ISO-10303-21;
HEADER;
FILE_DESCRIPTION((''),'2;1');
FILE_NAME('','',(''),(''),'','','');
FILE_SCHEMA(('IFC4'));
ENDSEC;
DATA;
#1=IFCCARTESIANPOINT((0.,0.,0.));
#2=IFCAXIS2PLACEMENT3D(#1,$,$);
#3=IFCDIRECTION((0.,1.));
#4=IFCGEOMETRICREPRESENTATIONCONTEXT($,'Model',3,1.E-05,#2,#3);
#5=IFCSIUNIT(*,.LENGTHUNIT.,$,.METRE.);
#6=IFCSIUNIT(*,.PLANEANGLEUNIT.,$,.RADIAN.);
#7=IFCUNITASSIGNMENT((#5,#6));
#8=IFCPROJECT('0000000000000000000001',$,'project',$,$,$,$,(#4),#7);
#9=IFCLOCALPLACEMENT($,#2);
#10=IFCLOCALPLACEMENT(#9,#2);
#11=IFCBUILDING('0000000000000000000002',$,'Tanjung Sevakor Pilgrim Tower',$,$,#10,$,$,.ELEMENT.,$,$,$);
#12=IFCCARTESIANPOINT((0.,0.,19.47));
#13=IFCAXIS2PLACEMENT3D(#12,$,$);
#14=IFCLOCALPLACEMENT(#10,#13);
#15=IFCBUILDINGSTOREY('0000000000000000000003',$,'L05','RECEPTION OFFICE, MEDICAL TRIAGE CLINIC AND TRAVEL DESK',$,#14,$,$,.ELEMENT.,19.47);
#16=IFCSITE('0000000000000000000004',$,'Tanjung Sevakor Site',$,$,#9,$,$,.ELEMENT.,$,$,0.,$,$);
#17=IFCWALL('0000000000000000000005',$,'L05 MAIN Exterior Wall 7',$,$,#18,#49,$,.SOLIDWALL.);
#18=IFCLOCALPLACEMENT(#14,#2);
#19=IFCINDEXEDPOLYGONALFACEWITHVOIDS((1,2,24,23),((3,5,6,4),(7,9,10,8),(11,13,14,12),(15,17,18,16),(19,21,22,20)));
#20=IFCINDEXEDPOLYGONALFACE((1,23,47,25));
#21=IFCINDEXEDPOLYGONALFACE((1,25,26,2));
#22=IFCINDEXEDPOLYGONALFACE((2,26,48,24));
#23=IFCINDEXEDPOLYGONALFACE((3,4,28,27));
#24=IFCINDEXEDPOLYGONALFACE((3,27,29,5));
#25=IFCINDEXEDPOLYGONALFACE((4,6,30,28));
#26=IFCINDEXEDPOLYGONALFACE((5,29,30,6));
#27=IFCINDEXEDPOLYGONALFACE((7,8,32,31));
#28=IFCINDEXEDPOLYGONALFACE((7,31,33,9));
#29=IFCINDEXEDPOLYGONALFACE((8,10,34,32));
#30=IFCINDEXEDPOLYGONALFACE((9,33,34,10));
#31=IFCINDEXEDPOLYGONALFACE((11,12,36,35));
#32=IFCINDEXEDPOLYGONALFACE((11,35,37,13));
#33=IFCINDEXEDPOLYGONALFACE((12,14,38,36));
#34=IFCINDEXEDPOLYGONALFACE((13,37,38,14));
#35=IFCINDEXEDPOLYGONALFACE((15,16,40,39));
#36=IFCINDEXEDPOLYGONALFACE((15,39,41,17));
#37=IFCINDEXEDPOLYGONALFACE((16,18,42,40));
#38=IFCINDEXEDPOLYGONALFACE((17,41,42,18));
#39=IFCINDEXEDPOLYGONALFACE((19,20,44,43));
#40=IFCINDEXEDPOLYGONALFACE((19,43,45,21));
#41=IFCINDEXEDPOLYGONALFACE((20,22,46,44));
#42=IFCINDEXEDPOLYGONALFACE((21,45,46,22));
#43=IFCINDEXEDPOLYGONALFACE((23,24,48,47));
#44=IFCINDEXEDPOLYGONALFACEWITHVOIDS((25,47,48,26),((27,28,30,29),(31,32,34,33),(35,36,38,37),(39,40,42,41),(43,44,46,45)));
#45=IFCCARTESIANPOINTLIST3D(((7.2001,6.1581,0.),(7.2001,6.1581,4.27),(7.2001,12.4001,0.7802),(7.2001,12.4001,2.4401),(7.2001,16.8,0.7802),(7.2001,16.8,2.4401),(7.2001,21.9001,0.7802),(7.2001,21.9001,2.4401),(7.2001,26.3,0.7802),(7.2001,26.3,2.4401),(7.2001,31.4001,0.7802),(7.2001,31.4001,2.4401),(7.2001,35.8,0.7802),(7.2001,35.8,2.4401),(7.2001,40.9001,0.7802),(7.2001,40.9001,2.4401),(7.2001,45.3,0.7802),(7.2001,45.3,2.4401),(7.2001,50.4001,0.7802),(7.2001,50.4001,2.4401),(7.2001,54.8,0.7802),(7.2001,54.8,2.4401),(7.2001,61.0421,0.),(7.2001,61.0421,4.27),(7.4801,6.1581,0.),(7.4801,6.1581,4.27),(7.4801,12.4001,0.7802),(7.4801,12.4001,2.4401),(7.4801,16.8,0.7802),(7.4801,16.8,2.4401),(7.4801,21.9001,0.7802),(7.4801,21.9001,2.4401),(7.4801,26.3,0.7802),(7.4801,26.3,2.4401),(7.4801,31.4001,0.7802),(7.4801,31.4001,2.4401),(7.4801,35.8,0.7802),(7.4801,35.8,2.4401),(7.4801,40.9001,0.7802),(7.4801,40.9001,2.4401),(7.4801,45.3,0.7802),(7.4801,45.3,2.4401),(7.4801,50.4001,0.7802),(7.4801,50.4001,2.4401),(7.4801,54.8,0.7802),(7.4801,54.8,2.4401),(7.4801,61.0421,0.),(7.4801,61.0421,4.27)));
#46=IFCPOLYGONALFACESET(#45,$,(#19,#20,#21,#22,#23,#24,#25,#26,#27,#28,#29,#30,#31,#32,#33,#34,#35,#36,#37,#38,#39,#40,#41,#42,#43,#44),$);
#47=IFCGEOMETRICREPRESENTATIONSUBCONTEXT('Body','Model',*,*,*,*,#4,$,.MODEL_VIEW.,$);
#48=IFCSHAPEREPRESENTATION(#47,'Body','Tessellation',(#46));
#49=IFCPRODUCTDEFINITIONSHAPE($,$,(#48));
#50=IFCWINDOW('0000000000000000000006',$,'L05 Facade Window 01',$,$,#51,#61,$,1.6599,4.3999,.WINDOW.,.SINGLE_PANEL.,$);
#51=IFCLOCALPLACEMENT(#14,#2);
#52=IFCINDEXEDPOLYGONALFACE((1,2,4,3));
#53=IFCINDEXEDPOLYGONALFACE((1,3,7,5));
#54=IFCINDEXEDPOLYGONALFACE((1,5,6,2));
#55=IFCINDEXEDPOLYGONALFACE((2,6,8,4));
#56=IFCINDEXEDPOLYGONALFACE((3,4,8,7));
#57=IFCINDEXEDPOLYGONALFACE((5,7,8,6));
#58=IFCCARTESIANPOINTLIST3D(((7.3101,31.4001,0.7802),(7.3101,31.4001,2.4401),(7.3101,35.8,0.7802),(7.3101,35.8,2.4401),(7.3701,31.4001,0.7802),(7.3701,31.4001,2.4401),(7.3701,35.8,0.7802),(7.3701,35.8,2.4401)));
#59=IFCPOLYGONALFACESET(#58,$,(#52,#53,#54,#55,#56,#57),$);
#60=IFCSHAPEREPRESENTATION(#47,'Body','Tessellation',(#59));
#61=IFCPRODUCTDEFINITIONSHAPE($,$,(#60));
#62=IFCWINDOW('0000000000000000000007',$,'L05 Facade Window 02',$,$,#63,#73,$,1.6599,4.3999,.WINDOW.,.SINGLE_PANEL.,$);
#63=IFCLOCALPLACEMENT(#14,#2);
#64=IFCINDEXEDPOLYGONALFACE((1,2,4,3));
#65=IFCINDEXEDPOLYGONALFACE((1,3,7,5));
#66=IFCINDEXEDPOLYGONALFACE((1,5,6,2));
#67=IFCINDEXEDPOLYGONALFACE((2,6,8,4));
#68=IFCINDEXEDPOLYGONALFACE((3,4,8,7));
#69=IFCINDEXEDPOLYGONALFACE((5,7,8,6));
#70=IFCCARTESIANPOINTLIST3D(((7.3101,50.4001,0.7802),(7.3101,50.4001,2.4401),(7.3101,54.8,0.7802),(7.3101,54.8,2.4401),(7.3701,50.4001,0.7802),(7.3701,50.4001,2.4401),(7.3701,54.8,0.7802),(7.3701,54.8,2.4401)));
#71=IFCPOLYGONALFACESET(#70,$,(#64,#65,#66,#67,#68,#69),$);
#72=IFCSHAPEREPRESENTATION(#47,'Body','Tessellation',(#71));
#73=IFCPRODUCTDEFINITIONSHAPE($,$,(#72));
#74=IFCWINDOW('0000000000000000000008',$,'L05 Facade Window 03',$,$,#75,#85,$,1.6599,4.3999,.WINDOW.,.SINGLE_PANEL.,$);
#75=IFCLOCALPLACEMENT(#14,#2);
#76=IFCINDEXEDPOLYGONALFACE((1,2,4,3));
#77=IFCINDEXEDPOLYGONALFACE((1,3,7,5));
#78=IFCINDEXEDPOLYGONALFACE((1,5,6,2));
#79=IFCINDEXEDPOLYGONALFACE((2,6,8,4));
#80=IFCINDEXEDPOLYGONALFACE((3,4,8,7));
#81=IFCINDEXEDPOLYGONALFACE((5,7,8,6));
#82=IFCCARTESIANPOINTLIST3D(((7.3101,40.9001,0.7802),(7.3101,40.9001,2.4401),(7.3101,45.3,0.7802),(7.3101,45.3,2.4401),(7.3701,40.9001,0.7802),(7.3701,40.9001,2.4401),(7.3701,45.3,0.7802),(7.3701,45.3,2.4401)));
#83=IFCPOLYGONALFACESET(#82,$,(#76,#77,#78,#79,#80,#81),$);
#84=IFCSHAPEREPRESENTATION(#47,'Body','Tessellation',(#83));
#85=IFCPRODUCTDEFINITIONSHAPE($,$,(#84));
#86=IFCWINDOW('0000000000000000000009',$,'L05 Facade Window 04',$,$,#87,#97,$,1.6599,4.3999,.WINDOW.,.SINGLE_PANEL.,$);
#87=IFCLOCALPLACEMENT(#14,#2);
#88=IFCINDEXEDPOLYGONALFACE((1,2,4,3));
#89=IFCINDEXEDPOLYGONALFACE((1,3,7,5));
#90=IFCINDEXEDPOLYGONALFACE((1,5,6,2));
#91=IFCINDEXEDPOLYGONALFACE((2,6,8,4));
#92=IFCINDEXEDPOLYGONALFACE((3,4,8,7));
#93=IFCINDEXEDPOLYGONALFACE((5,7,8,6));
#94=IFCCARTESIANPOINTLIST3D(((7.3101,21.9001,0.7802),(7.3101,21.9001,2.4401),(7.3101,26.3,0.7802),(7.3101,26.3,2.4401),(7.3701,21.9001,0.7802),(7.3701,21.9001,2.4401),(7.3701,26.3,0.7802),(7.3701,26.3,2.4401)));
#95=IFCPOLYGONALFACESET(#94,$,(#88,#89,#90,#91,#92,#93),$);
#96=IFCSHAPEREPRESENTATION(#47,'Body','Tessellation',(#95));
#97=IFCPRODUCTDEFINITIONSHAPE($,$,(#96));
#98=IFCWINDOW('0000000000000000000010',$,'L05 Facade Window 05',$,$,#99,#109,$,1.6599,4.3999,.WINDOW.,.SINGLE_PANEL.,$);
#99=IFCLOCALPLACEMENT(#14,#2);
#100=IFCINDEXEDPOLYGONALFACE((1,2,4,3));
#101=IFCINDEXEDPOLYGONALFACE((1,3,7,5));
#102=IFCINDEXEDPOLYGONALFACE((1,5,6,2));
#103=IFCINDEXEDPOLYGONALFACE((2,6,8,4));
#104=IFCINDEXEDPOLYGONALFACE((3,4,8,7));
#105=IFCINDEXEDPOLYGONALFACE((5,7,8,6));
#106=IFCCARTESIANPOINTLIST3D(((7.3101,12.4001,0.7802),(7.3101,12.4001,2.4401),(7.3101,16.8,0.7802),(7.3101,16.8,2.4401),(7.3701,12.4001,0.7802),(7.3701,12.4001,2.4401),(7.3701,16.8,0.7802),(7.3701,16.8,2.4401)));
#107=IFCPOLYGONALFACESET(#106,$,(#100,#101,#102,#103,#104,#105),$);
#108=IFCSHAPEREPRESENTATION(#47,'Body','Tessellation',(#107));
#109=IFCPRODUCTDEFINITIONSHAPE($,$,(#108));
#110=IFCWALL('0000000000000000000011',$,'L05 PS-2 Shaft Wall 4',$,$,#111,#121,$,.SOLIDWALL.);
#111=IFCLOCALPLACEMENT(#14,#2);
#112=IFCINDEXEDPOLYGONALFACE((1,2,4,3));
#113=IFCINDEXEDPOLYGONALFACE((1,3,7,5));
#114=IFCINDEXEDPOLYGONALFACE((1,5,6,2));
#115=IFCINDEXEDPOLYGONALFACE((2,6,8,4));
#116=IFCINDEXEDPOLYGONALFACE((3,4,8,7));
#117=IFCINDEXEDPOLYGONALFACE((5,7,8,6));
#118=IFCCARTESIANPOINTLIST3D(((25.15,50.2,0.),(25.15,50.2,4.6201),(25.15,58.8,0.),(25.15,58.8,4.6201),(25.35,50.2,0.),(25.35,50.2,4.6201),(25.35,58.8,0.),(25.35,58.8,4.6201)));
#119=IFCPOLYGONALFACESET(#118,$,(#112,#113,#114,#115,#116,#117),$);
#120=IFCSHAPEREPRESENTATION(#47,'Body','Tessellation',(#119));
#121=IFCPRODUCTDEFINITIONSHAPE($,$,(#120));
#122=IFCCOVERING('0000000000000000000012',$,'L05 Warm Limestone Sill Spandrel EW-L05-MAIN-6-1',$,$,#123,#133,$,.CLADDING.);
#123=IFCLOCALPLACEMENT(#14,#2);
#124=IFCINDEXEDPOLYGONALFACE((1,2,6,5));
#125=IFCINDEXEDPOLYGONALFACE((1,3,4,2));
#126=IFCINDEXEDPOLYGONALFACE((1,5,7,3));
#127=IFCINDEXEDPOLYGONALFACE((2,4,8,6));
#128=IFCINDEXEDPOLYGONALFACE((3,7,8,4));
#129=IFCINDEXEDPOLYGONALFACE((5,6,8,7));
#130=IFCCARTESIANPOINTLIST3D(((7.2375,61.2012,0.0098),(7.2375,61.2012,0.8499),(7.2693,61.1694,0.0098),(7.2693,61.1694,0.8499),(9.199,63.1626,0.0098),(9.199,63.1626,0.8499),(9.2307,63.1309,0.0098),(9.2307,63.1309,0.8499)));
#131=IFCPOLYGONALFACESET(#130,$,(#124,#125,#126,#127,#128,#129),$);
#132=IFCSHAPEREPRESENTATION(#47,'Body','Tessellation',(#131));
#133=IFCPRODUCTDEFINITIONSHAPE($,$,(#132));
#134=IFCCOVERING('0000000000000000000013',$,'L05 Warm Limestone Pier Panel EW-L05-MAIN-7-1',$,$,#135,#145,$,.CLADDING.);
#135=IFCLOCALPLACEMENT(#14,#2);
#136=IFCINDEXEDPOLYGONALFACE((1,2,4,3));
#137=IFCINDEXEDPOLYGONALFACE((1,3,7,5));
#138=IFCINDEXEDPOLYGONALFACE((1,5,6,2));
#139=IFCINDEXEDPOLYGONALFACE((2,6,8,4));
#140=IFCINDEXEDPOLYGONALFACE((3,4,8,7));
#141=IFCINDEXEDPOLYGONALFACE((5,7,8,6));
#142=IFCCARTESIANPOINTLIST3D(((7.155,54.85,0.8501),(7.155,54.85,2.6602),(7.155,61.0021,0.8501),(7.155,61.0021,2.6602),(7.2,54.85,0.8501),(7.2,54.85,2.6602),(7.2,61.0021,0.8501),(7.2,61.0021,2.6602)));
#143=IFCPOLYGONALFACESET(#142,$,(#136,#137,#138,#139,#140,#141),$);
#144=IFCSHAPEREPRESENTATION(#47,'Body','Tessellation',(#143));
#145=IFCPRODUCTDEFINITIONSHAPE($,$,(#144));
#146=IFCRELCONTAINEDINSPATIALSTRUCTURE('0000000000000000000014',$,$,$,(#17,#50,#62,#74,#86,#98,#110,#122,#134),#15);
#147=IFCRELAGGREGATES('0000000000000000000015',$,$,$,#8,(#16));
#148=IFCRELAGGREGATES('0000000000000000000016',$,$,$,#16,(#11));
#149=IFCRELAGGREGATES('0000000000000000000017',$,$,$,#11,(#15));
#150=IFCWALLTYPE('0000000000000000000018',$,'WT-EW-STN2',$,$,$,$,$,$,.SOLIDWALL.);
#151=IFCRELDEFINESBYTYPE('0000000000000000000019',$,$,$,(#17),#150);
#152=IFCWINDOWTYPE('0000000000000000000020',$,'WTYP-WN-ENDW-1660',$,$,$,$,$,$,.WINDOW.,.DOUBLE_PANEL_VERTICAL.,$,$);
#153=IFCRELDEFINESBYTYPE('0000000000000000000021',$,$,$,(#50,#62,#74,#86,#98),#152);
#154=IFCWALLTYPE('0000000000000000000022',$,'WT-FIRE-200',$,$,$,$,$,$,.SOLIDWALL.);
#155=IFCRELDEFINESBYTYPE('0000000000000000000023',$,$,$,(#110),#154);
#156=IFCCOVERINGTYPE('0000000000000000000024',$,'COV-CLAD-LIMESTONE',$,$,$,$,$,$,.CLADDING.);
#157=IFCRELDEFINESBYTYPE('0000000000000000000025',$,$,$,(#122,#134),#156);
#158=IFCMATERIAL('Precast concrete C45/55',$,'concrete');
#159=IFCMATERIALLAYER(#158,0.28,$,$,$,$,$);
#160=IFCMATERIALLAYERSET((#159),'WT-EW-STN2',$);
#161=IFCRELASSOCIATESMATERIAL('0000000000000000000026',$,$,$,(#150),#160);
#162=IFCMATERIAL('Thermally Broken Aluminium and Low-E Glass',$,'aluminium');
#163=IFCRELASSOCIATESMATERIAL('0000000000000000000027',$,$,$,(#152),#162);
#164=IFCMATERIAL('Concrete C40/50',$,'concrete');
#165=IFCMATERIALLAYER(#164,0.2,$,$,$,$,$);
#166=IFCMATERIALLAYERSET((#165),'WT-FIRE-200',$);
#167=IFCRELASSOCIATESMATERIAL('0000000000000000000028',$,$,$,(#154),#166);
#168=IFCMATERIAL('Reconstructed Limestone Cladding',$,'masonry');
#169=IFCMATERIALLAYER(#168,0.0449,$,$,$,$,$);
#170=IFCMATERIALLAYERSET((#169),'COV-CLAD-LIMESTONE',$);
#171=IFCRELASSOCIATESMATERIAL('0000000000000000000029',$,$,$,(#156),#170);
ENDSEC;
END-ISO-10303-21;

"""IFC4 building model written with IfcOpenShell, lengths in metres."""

from ifc_helpers import new_model, si_unit, direction, frame, frame_2d, origin, origin_2d, place, context, subcontext, project, spatial, rectangle, extrude, material, layer, layer_set, type_object, element, fill, save


model = new_model("IFC4")

# Units and contexts
model_context = context("Model", 3, precision=1e-05, world=origin(), true_north=direction((0.0, 1.0)))
body_context = subcontext(model_context, "Body", "Model", "MODEL_VIEW")
ifc_project = project(units=[si_unit("LENGTHUNIT", "METRE"), si_unit("PLANEANGLEUNIT", "RADIAN")], contexts=[model_context])

# Site, building, storey
site_placement = place(None, origin())
site = spatial("IfcSite", under=ifc_project, at=site_placement, Name="Tanjung Sevakor Site", CompositionType="ELEMENT", RefElevation=0.0)
building_placement = place(site_placement, origin())
building = spatial("IfcBuilding", under=site, at=building_placement, Name="Tanjung Sevakor Pilgrim Tower", CompositionType="ELEMENT")
storey_placement = place(building_placement, frame((0.0, 0.0, 19.47)))
storey = spatial("IfcBuildingStorey", under=building, at=storey_placement, Name="L05", Description="RECEPTION OFFICE, MEDICAL TRIAGE CLINIC AND TRAVEL DESK", CompositionType="ELEMENT", Elevation=19.47)

# Shared definitions
ifc_material_1 = material(Name="Precast concrete C45/55", Category="concrete")
ifc_layer_1 = layer(ifc_material_1, 0.28)
ifc_layer_set_1 = layer_set([ifc_layer_1], Name="WT-EW-STN2")
wall_type_1 = type_object("IfcWallType", Name="WT-EW-STN2", PredefinedType="SOLIDWALL", material=ifc_layer_set_1)

# Wall, openings, windows
wall_1_placement = place(storey_placement, frame((7.3401, 61.042, 0.0), z_axis=(0.0, 0.0, 1.0), x_axis=(0.0, -1.0, 0.0)))
wall_1 = element("IfcWall", 1, at=wall_1_placement, inside=storey, type_object=wall_type_1, Name="L05 MAIN Exterior Wall 7", PredefinedType="SOLIDWALL", context=body_context, shape_type="SweptSolid", body=[
    extrude(rectangle(XDim=54.884, YDim=0.28, at=frame_2d((27.4419, 0.0))), origin(), (0.0, 0.0, 1.0), 4.27),
])
opening_1_placement = place(wall_1_placement, frame((25.2419, 0.0, 0.78)))
opening_1 = element("IfcOpeningElement", 2, at=opening_1_placement, cuts=wall_1, PredefinedType="OPENING", context=body_context, shape_type="SweptSolid", body=[
    extrude(rectangle(XDim=4.3999, YDim=1.6599, at=frame_2d((2.2, 0.8301))), frame((0.0, 0.1499, 0.0), z_axis=(0.0, -1.0, 0.0), x_axis=(1.0, 0.0, 0.0)), (0.0, 0.0, 1.0), 0.3),
])
opening_2_placement = place(wall_1_placement, frame((6.2419, 0.0, 0.78)))
opening_2 = element("IfcOpeningElement", 3, at=opening_2_placement, cuts=wall_1, PredefinedType="OPENING", context=body_context, shape_type="SweptSolid", body=[
    extrude(rectangle(XDim=4.3999, YDim=1.6599, at=frame_2d((2.2, 0.8301))), frame((0.0, 0.1499, 0.0), z_axis=(0.0, -1.0, 0.0), x_axis=(1.0, 0.0, 0.0)), (0.0, 0.0, 1.0), 0.3),
])
opening_3_placement = place(wall_1_placement, frame((15.7419, 0.0, 0.78)))
opening_3 = element("IfcOpeningElement", 4, at=opening_3_placement, cuts=wall_1, PredefinedType="OPENING", context=body_context, shape_type="SweptSolid", body=[
    extrude(rectangle(XDim=4.3999, YDim=1.6599, at=frame_2d((2.2, 0.8301))), frame((0.0, 0.1499, 0.0), z_axis=(0.0, -1.0, 0.0), x_axis=(1.0, 0.0, 0.0)), (0.0, 0.0, 1.0), 0.3),
])
opening_4_placement = place(wall_1_placement, frame((34.7419, 0.0, 0.78)))
opening_4 = element("IfcOpeningElement", 5, at=opening_4_placement, cuts=wall_1, PredefinedType="OPENING", context=body_context, shape_type="SweptSolid", body=[
    extrude(rectangle(XDim=4.3999, YDim=1.6599, at=frame_2d((2.2, 0.8301))), frame((0.0, 0.1499, 0.0), z_axis=(0.0, -1.0, 0.0), x_axis=(1.0, 0.0, 0.0)), (0.0, 0.0, 1.0), 0.3),
])
opening_5_placement = place(wall_1_placement, frame((44.2419, 0.0, 0.78)))
opening_5 = element("IfcOpeningElement", 6, at=opening_5_placement, cuts=wall_1, PredefinedType="OPENING", context=body_context, shape_type="SweptSolid", body=[
    extrude(rectangle(XDim=4.3999, YDim=1.6599, at=frame_2d((2.2, 0.8301))), frame((0.0, 0.1499, 0.0), z_axis=(0.0, -1.0, 0.0), x_axis=(1.0, 0.0, 0.0)), (0.0, 0.0, 1.0), 0.3),
])
ifc_material_2 = material(Name="Thermally Broken Aluminium and Low-E Glass", Category="aluminium")
window_type_1 = type_object("IfcWindowType", Name="WTYP-WN-ENDW-1660", PartitioningType="DOUBLE_PANEL_VERTICAL", PredefinedType="WINDOW", material=ifc_material_2)
window_1_placement = place(opening_1_placement, origin())
window_1 = element("IfcWindow", 7, at=window_1_placement, inside=storey, type_object=window_type_1, Name="L05 Facade Window 01", OverallHeight=1.6599, OverallWidth=4.3999, PartitioningType="SINGLE_PANEL", PredefinedType="WINDOW", context=body_context, shape_type="SweptSolid", body=[
    extrude(rectangle(XDim=4.3999, YDim=1.6599, at=frame_2d((2.2, 0.8301))), frame((0.0, 0.03, 0.0), z_axis=(0.0, -1.0, 0.0), x_axis=(1.0, 0.0, 0.0)), (0.0, 0.0, 1.0), 0.0601),
])
fill(opening_1, window_1)
window_2_placement = place(opening_2_placement, origin())
window_2 = element("IfcWindow", 8, at=window_2_placement, inside=storey, type_object=window_type_1, Name="L05 Facade Window 02", OverallHeight=1.6599, OverallWidth=4.3999, PartitioningType="SINGLE_PANEL", PredefinedType="WINDOW", context=body_context, shape_type="SweptSolid", body=[
    extrude(rectangle(XDim=4.3999, YDim=1.6599, at=frame_2d((2.2, 0.8301))), frame((0.0, 0.03, 0.0), z_axis=(0.0, -1.0, 0.0), x_axis=(1.0, 0.0, 0.0)), (0.0, 0.0, 1.0), 0.0601),
])
fill(opening_2, window_2)
window_3_placement = place(opening_3_placement, origin())
window_3 = element("IfcWindow", 9, at=window_3_placement, inside=storey, type_object=window_type_1, Name="L05 Facade Window 03", OverallHeight=1.6599, OverallWidth=4.3999, PartitioningType="SINGLE_PANEL", PredefinedType="WINDOW", context=body_context, shape_type="SweptSolid", body=[
    extrude(rectangle(XDim=4.3999, YDim=1.6599, at=frame_2d((2.2, 0.8301))), frame((0.0, 0.03, 0.0), z_axis=(0.0, -1.0, 0.0), x_axis=(1.0, 0.0, 0.0)), (0.0, 0.0, 1.0), 0.0601),
])
fill(opening_3, window_3)
window_4_placement = place(opening_4_placement, origin())
window_4 = element("IfcWindow", 10, at=window_4_placement, inside=storey, type_object=window_type_1, Name="L05 Facade Window 04", OverallHeight=1.6599, OverallWidth=4.3999, PartitioningType="SINGLE_PANEL", PredefinedType="WINDOW", context=body_context, shape_type="SweptSolid", body=[
    extrude(rectangle(XDim=4.3999, YDim=1.6599, at=frame_2d((2.2, 0.8301))), frame((0.0, 0.03, 0.0), z_axis=(0.0, -1.0, 0.0), x_axis=(1.0, 0.0, 0.0)), (0.0, 0.0, 1.0), 0.0601),
])
fill(opening_4, window_4)
window_5_placement = place(opening_5_placement, origin())
window_5 = element("IfcWindow", 11, at=window_5_placement, inside=storey, type_object=window_type_1, Name="L05 Facade Window 05", OverallHeight=1.6599, OverallWidth=4.3999, PartitioningType="SINGLE_PANEL", PredefinedType="WINDOW", context=body_context, shape_type="SweptSolid", body=[
    extrude(rectangle(XDim=4.3999, YDim=1.6599, at=frame_2d((2.2, 0.8301))), frame((0.0, 0.03, 0.0), z_axis=(0.0, -1.0, 0.0), x_axis=(1.0, 0.0, 0.0)), (0.0, 0.0, 1.0), 0.0601),
])
fill(opening_5, window_5)

# Shared definitions
ifc_material_3 = material(Name="Concrete C40/50", Category="concrete")
ifc_layer_2 = layer(ifc_material_3, 0.2)
ifc_layer_set_2 = layer_set([ifc_layer_2], Name="WT-FIRE-200")
wall_type_2 = type_object("IfcWallType", Name="WT-FIRE-200", PredefinedType="SOLIDWALL", material=ifc_layer_set_2)

# Wall
wall_2_placement = place(storey_placement, frame((25.25, 58.8, 0.0), z_axis=(0.0, 0.0, 1.0), x_axis=(0.0, -1.0, 0.0)))
element("IfcWall", 12, at=wall_2_placement, inside=storey, type_object=wall_type_2, Name="L05 PS-2 Shaft Wall 4", PredefinedType="SOLIDWALL", context=body_context, shape_type="SweptSolid", body=[
    extrude(rectangle(XDim=8.6001, YDim=0.2, at=frame_2d((4.3, 0.0))), origin(), (0.0, 0.0, 1.0), 4.6201),
])

# Coverings
ifc_material_4 = material(Name="Reconstructed Limestone Cladding", Category="masonry")
ifc_layer_3 = layer(ifc_material_4, 0.0449)
ifc_layer_set_3 = layer_set([ifc_layer_3], Name="COV-CLAD-LIMESTONE")
covering_type = type_object("IfcCoveringType", Name="COV-CLAD-LIMESTONE", PredefinedType="CLADDING", material=ifc_layer_set_3)
covering_1_placement = place(storey_placement, frame((8.2341, 62.166, 0.0098), z_axis=(0.0, 0.0, 1.0), x_axis=(-0.707107, -0.707107, 0.0)))
element("IfcCovering", 13, at=covering_1_placement, inside=storey, type_object=covering_type, Name="L05 Warm Limestone Sill Spandrel EW-L05-MAIN-6-1", PredefinedType="CLADDING", context=body_context, shape_type="SweptSolid", body=[
    extrude(rectangle(XDim=2.7739, YDim=0.0449, at=origin_2d()), origin(), (0.0, 0.0, 1.0), 0.8401),
])
covering_2_placement = place(storey_placement, frame((7.1775, 57.926, 0.8501), z_axis=(0.0, 0.0, 1.0), x_axis=(0.0, -1.0, 0.0)))
element("IfcCovering", 14, at=covering_2_placement, inside=storey, type_object=covering_type, Name="L05 Warm Limestone Pier Panel EW-L05-MAIN-7-1", PredefinedType="CLADDING", context=body_context, shape_type="SweptSolid", body=[
    extrude(rectangle(XDim=6.1521, YDim=0.0449, at=origin_2d()), origin(), (0.0, 0.0, 1.0), 1.8101),
])

save(model, "model.ifc")
